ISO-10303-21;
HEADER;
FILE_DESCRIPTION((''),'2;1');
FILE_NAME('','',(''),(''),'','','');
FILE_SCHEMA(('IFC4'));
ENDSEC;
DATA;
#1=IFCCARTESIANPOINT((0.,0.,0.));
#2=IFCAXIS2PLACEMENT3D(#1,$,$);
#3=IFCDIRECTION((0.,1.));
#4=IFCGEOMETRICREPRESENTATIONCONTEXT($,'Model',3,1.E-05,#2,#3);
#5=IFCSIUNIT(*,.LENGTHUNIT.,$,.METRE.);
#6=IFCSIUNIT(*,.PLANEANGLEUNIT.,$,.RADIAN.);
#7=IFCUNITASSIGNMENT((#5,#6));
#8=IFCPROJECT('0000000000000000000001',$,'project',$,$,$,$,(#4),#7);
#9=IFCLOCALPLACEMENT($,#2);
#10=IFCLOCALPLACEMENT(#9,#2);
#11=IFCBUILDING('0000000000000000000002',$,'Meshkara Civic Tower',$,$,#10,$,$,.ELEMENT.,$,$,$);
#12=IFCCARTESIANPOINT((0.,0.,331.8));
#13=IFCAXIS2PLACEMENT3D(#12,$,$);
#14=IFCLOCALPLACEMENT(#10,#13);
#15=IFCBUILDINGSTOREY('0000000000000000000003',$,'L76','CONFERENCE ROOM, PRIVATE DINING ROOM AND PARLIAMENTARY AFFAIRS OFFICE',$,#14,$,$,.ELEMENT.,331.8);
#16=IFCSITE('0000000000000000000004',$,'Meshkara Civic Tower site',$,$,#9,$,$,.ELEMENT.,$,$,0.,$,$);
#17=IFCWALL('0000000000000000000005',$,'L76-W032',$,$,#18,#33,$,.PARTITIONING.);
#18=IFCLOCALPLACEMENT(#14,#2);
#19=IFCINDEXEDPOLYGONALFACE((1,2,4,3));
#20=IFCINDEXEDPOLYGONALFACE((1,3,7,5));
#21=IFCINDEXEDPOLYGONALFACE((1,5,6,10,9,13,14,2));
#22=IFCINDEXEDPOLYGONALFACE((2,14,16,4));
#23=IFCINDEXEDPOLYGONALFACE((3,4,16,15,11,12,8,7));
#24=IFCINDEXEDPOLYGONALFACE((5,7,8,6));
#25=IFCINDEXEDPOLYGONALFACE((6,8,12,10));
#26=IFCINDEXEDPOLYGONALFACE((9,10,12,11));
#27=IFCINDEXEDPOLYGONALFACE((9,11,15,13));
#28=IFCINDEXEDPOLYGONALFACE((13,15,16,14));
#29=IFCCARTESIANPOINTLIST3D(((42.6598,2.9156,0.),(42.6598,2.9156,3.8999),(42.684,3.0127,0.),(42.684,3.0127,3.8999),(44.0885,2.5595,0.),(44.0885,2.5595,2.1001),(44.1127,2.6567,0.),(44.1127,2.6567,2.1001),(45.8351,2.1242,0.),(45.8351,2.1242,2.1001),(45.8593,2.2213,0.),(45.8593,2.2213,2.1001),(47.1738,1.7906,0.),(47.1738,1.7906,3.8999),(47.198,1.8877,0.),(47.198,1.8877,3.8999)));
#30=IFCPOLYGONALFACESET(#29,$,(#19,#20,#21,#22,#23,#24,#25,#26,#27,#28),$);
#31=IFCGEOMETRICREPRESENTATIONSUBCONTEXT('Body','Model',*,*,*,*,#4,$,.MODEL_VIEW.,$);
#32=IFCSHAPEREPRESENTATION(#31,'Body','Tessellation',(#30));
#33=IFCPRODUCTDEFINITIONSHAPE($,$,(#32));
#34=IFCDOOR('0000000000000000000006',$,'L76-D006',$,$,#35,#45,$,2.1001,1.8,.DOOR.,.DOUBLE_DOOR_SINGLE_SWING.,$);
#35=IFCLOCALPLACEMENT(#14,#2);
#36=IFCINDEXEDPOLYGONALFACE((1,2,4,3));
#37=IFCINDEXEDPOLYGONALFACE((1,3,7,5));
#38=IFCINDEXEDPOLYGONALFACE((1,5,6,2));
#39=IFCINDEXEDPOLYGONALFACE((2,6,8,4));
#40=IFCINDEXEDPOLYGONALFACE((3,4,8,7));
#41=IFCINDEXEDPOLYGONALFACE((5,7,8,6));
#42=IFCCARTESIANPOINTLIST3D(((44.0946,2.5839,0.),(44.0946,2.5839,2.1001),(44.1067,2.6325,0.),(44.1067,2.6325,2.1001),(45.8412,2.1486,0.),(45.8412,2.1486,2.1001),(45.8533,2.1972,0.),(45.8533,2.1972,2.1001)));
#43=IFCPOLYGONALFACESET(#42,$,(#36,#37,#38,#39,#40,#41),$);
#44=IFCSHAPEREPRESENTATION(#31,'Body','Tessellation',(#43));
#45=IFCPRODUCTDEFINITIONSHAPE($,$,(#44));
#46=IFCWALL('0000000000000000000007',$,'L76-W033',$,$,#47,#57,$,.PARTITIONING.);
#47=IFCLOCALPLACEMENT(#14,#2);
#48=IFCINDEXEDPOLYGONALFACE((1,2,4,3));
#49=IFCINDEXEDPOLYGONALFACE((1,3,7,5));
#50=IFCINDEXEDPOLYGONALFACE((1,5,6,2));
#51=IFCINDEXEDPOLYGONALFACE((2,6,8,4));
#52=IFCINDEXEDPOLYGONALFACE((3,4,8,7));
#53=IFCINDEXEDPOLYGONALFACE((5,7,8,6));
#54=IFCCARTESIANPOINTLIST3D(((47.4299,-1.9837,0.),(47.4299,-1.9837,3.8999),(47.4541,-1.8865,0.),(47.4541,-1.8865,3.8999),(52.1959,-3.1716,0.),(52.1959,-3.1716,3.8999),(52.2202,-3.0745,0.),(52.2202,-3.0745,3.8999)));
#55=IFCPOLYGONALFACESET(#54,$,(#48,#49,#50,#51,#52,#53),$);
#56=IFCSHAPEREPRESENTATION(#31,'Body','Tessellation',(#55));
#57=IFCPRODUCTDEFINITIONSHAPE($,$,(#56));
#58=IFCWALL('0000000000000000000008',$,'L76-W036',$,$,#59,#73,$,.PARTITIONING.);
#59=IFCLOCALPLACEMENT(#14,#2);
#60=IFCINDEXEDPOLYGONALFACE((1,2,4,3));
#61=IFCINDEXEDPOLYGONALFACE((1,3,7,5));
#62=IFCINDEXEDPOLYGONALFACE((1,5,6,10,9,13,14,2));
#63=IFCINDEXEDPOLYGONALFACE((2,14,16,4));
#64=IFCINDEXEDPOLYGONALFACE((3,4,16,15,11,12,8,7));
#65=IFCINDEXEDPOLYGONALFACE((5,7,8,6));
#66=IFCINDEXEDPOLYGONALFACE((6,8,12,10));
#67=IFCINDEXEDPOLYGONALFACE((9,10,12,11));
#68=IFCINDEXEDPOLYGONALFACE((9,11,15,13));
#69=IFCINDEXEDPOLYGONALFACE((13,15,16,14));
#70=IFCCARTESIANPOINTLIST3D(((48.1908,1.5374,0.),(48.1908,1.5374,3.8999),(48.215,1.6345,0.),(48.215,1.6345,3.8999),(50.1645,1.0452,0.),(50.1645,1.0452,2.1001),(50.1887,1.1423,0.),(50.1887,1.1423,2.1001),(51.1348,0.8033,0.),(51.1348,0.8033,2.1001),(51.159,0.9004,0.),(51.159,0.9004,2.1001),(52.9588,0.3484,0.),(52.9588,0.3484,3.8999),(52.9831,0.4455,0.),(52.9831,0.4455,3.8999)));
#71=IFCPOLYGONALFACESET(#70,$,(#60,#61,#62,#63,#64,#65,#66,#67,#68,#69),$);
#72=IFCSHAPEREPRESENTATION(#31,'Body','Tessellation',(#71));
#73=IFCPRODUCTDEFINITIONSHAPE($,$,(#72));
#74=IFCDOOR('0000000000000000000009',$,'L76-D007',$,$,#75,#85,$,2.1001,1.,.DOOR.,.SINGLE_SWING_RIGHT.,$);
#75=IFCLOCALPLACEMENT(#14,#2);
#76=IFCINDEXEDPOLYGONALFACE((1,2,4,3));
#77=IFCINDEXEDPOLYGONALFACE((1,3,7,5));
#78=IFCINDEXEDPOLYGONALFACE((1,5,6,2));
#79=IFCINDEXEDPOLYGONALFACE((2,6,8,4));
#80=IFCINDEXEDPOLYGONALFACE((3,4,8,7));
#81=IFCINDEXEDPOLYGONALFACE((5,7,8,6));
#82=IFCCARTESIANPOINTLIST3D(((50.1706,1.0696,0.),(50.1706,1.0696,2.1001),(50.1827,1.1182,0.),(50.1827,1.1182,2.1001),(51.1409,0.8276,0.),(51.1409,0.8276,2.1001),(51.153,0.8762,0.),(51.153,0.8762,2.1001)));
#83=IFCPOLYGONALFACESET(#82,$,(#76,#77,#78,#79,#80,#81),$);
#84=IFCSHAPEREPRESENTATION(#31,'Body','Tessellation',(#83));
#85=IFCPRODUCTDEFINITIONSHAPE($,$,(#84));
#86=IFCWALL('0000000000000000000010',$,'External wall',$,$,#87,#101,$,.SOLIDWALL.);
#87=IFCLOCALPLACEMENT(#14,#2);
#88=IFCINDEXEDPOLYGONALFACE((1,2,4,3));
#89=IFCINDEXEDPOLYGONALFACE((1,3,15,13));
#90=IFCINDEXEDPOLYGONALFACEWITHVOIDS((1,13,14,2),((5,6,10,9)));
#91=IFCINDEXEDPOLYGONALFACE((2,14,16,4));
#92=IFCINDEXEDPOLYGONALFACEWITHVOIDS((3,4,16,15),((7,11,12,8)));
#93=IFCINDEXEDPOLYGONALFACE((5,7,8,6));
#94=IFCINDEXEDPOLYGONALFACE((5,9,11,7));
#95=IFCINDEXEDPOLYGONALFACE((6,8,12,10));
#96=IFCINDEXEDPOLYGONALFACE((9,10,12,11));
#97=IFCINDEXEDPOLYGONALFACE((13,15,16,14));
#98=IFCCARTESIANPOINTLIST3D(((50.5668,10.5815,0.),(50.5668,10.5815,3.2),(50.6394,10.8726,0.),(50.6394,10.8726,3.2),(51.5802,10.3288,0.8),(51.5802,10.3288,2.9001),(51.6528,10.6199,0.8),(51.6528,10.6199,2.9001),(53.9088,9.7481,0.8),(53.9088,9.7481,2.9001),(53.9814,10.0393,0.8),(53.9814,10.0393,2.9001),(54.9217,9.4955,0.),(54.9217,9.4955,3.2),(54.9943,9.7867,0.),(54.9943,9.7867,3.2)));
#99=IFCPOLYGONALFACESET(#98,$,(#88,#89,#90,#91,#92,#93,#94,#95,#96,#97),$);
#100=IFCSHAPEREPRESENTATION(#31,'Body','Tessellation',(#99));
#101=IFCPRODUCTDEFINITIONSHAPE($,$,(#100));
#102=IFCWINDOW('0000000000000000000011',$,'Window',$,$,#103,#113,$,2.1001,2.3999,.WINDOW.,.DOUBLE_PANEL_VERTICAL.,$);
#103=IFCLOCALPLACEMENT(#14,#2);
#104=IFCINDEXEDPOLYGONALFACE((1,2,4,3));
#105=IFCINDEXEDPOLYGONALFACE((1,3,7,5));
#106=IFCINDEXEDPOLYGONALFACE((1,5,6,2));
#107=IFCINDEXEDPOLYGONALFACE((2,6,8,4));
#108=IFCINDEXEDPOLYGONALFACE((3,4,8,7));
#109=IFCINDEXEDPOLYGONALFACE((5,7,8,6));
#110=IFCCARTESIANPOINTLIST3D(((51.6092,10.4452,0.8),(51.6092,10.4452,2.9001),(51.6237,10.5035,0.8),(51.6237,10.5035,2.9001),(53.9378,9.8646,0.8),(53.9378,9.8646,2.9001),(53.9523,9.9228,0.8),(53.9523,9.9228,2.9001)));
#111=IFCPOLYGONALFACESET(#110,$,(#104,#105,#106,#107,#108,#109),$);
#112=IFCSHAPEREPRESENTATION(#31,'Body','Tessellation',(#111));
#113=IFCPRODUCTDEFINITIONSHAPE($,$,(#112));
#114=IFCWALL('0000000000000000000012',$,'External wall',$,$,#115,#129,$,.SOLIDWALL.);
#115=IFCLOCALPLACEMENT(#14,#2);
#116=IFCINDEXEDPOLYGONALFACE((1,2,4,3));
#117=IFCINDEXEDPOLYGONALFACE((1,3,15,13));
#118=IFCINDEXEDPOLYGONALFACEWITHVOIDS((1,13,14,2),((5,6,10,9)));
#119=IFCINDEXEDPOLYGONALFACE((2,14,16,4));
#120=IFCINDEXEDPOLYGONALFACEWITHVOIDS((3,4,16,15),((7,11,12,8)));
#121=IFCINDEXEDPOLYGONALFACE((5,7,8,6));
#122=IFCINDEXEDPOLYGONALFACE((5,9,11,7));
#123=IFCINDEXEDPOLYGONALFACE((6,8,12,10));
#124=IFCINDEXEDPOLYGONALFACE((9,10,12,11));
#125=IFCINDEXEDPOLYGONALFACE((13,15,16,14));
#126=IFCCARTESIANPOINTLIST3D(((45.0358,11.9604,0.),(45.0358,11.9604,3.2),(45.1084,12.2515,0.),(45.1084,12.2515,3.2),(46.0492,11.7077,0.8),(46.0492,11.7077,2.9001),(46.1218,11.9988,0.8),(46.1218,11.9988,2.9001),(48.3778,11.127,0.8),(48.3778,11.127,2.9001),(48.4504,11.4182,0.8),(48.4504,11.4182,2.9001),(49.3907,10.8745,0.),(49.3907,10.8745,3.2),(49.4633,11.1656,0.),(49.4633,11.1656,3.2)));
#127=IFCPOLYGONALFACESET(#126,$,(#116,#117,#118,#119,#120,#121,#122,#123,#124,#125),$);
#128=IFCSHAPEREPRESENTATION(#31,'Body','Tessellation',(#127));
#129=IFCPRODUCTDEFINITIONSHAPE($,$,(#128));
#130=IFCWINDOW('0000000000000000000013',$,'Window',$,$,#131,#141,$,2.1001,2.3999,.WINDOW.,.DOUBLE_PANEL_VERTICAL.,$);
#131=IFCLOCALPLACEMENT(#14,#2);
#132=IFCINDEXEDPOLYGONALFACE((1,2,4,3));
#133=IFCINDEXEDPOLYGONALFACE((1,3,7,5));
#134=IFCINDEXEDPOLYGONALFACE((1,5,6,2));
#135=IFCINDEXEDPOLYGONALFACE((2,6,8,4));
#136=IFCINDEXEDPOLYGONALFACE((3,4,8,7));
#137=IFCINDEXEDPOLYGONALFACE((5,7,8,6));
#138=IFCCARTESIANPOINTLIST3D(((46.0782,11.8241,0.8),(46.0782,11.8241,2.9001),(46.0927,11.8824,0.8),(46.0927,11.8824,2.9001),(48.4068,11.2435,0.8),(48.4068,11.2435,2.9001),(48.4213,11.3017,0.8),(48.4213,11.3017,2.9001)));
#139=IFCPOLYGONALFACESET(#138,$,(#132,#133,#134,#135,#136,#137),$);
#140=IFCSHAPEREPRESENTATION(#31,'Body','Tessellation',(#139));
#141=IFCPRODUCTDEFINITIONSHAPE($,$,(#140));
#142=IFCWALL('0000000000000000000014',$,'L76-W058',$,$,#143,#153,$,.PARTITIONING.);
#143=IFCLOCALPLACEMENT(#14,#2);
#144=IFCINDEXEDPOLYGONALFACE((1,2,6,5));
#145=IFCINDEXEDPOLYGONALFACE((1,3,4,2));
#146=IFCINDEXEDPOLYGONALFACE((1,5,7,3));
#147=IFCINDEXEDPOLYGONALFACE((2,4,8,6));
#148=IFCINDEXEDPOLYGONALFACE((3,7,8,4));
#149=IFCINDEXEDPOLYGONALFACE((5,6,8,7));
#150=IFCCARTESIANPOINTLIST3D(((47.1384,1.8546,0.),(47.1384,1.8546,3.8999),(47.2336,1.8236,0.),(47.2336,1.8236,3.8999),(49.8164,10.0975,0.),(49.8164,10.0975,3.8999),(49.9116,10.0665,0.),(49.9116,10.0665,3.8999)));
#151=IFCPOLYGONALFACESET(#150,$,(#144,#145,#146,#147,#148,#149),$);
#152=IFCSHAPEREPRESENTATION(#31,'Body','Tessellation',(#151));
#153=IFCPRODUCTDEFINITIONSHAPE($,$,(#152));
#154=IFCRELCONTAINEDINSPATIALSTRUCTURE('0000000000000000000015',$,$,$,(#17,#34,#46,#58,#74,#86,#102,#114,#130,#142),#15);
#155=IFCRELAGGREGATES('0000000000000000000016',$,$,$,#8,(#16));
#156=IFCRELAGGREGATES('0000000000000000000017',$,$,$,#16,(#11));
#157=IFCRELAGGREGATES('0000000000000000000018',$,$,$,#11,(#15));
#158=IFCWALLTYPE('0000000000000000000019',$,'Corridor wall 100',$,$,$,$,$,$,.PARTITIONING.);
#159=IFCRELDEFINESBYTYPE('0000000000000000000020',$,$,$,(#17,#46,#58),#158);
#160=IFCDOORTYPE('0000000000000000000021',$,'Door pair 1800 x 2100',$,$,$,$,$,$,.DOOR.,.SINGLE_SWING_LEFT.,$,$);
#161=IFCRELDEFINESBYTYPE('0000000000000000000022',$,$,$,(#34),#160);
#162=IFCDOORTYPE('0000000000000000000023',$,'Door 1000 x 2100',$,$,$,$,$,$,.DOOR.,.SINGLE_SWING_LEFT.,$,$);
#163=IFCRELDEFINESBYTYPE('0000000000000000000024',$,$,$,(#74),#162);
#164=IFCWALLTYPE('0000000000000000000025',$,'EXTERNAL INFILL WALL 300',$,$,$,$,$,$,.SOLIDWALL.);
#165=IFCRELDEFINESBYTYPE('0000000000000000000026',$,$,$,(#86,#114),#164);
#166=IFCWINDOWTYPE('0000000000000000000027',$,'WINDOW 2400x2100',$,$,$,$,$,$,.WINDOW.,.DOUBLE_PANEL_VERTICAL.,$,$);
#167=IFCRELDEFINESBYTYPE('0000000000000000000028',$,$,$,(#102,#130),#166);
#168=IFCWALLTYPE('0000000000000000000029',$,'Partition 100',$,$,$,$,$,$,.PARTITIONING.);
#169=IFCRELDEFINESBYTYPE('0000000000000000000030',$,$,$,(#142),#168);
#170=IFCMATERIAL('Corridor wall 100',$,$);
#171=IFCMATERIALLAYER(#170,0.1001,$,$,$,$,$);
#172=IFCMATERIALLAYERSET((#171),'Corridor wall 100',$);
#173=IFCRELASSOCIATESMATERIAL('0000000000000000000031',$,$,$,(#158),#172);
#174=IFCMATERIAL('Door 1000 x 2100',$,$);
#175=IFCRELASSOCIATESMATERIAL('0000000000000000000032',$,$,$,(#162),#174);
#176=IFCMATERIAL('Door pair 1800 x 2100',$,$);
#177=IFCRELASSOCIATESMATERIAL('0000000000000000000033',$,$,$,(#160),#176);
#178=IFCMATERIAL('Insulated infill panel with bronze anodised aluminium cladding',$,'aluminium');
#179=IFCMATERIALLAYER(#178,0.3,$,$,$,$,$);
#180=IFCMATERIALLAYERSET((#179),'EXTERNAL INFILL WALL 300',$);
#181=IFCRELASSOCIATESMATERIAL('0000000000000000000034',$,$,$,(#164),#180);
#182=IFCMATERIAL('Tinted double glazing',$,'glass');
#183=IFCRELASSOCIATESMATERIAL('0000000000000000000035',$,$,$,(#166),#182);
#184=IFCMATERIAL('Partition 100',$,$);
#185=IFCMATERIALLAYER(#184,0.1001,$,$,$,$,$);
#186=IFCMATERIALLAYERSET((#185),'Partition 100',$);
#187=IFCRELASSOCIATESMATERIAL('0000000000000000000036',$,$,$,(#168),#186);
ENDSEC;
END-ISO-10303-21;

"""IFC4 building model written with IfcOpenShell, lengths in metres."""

from ifc_helpers import new_model, si_unit, direction, frame, frame_2d, origin, place, context, subcontext, project, spatial, rectangle, extrude, material, layer, layer_set, type_object, element, fill, save


model = new_model("IFC4")

# Units and contexts
model_context = context("Model", 3, precision=1e-05, world=origin(), true_north=direction((0.0, 1.0)))
body_context = subcontext(model_context, "Body", "Model", "MODEL_VIEW")
ifc_project = project(units=[si_unit("LENGTHUNIT", "METRE"), si_unit("PLANEANGLEUNIT", "RADIAN")], contexts=[model_context])

# Site, building, storey
site_placement = place(None, origin())
site = spatial("IfcSite", under=ifc_project, at=site_placement, Name="Meshkara Civic Tower site", CompositionType="ELEMENT", RefElevation=0.0)
building_placement = place(site_placement, origin())
building = spatial("IfcBuilding", under=site, at=building_placement, Name="Meshkara Civic Tower", CompositionType="ELEMENT")
storey_placement = place(building_placement, frame((0.0, 0.0, 331.8)))
storey = spatial("IfcBuildingStorey", under=building, at=storey_placement, Name="L76", Description="CONFERENCE ROOM, PRIVATE DINING ROOM AND PARLIAMENTARY AFFAIRS OFFICE", CompositionType="ELEMENT", Elevation=331.8)

# Shared definitions
ifc_material_1 = material(Name="Corridor wall 100")
ifc_layer_1 = layer(ifc_material_1, 0.1001)
ifc_layer_set_1 = layer_set([ifc_layer_1], Name="Corridor wall 100")
wall_type_1 = type_object("IfcWallType", Name="Corridor wall 100", PredefinedType="PARTITIONING", material=ifc_layer_set_1)
ifc_material_2 = material(Name="Door 1000 x 2100")
door_type_1 = type_object("IfcDoorType", Name="Door 1000 x 2100", OperationType="SINGLE_SWING_LEFT", PredefinedType="DOOR", material=ifc_material_2)

# Wall, opening, door
wall_1_placement = place(storey_placement, frame((47.186, 1.8391, 0.0), z_axis=(0.0, 0.0, 1.0), x_axis=(-0.970318, 0.241832, 0.0)))
wall_1 = element("IfcWall", 1, at=wall_1_placement, inside=storey, type_object=wall_type_1, Name="L76-W032", PredefinedType="PARTITIONING", context=body_context, shape_type="SweptSolid", body=[
    extrude(rectangle(XDim=4.6521, YDim=0.1001, at=frame_2d((2.3262, 0.0))), origin(), (0.0, 0.0, 1.0), 3.8999),
])
opening_1_placement = place(wall_1_placement, frame((1.3799, 0.0, 0.0)))
opening_1 = element("IfcOpeningElement", 2, at=opening_1_placement, cuts=wall_1, PredefinedType="OPENING", context=body_context, shape_type="SweptSolid", body=[
    extrude(rectangle(XDim=1.8, YDim=2.1001, at=frame_2d((0.8999, 1.05))), frame((0.0, 0.0601, 0.0), z_axis=(0.0, -1.0, 0.0), x_axis=(1.0, 0.0, 0.0)), (0.0, 0.0, 1.0), 0.1201),
])
ifc_material_3 = material(Name="Door pair 1800 x 2100")
door_type_2 = type_object("IfcDoorType", Name="Door pair 1800 x 2100", OperationType="SINGLE_SWING_LEFT", PredefinedType="DOOR", material=ifc_material_3)
door_1_placement = place(opening_1_placement, origin())
door_1 = element("IfcDoor", 3, at=door_1_placement, inside=storey, type_object=door_type_2, Name="L76-D006", OperationType="DOUBLE_DOOR_SINGLE_SWING", OverallHeight=2.1001, OverallWidth=1.8, PredefinedType="DOOR", context=body_context, shape_type="SweptSolid", body=[
    extrude(rectangle(XDim=1.8, YDim=2.1001, at=frame_2d((0.8999, 1.05))), frame((0.0, 0.0249, 0.0), z_axis=(0.0, -1.0, 0.0), x_axis=(1.0, 0.0, 0.0)), (0.0, 0.0, 1.0), 0.05),
])
fill(opening_1, door_1)

# Wall
wall_2_placement = place(storey_placement, frame((47.4419, -1.9351, 0.0), z_axis=(0.0, 0.0, 1.0), x_axis=(0.970312, -0.241857, 0.0)))
element("IfcWall", 4, at=wall_2_placement, inside=storey, type_object=wall_type_1, Name="L76-W033", PredefinedType="PARTITIONING", context=body_context, shape_type="SweptSolid", body=[
    extrude(rectangle(XDim=4.9119, YDim=0.1001, at=frame_2d((2.4561, 0.0))), origin(), (0.0, 0.0, 1.0), 3.8999),
])

# Wall, opening, door
wall_3_placement = place(storey_placement, frame((52.9709, 0.397, 0.0), z_axis=(0.0, 0.0, 1.0), x_axis=(-0.970288, 0.241951, 0.0)))
wall_3 = element("IfcWall", 5, at=wall_3_placement, inside=storey, type_object=wall_type_1, Name="L76-W036", PredefinedType="PARTITIONING", context=body_context, shape_type="SweptSolid", body=[
    extrude(rectangle(XDim=4.9141, YDim=0.1001, at=frame_2d((2.457, 0.0))), origin(), (0.0, 0.0, 1.0), 3.8999),
])
opening_2_placement = place(wall_3_placement, frame((1.8799, 0.0, 0.0)))
opening_2 = element("IfcOpeningElement", 6, at=opening_2_placement, cuts=wall_3, PredefinedType="OPENING", context=body_context, shape_type="SweptSolid", body=[
    extrude(rectangle(XDim=1.0, YDim=2.1001, at=frame_2d((0.5, 1.05))), frame((0.0, 0.0601, 0.0), z_axis=(0.0, -1.0, 0.0), x_axis=(1.0, 0.0, 0.0)), (0.0, 0.0, 1.0), 0.1201),
])
door_2_placement = place(opening_2_placement, origin())
door_2 = element("IfcDoor", 7, at=door_2_placement, inside=storey, type_object=door_type_1, Name="L76-D007", OperationType="SINGLE_SWING_RIGHT", OverallHeight=2.1001, OverallWidth=1.0, PredefinedType="DOOR", context=body_context, shape_type="SweptSolid", body=[
    extrude(rectangle(XDim=1.0, YDim=2.1001, at=frame_2d((0.5, 1.05))), frame((0.0, 0.0249, 0.0), z_axis=(0.0, -1.0, 0.0), x_axis=(1.0, 0.0, 0.0)), (0.0, 0.0, 1.0), 0.05),
])
fill(opening_2, door_2)

# Walls, openings, windows
ifc_material_4 = material(Name="Insulated infill panel with bronze anodised aluminium cladding", Category="aluminium")
ifc_layer_2 = layer(ifc_material_4, 0.3)
ifc_layer_set_2 = layer_set([ifc_layer_2], Name="EXTERNAL INFILL WALL 300")
wall_type_2 = type_object("IfcWallType", Name="EXTERNAL INFILL WALL 300", PredefinedType="SOLIDWALL", material=ifc_layer_set_2)
wall_4_placement = place(storey_placement, frame((54.958, 9.6411, 0.0), z_axis=(0.0, 0.0, 1.0), x_axis=(-0.97029, 0.241947, 0.0)))
wall_4 = element("IfcWall", 8, at=wall_4_placement, inside=storey, type_object=wall_type_2, Name="External wall", PredefinedType="SOLIDWALL", context=body_context, shape_type="SweptSolid", body=[
    extrude(rectangle(XDim=4.4883, YDim=0.3, at=frame_2d((2.2441, 0.0))), origin(), (0.0, 0.0, 1.0), 3.2),
])
opening_3_placement = place(wall_4_placement, frame((1.0439, 0.0, 0.8)))
opening_3 = element("IfcOpeningElement", 9, at=opening_3_placement, cuts=wall_4, PredefinedType="OPENING", context=body_context, shape_type="SweptSolid", body=[
    extrude(rectangle(XDim=2.3999, YDim=2.1001, at=frame_2d((1.2, 1.05))), frame((0.0, 0.1599, 0.0), z_axis=(0.0, -1.0, 0.0), x_axis=(1.0, 0.0, 0.0)), (0.0, 0.0, 1.0), 0.3201),
])
ifc_material_5 = material(Name="Tinted double glazing", Category="glass")
window_type = type_object("IfcWindowType", Name="WINDOW 2400x2100", PartitioningType="DOUBLE_PANEL_VERTICAL", PredefinedType="WINDOW", material=ifc_material_5)
window_1_placement = place(opening_3_placement, origin())
window_1 = element("IfcWindow", 10, at=window_1_placement, inside=storey, type_object=window_type, Name="Window", OverallHeight=2.1001, OverallWidth=2.3999, PartitioningType="DOUBLE_PANEL_VERTICAL", PredefinedType="WINDOW", context=body_context, shape_type="SweptSolid", body=[
    extrude(rectangle(XDim=2.3999, YDim=2.1001, at=frame_2d((1.2, 1.05))), frame((0.0, 0.03, 0.0), z_axis=(0.0, -1.0, 0.0), x_axis=(1.0, 0.0, 0.0)), (0.0, 0.0, 1.0), 0.0601),
])
fill(opening_3, window_1)
wall_5_placement = place(storey_placement, frame((49.427, 11.02, 0.0), z_axis=(0.0, 0.0, 1.0), x_axis=(-0.97029, 0.241947, 0.0)))
wall_5 = element("IfcWall", 11, at=wall_5_placement, inside=storey, type_object=wall_type_2, Name="External wall", PredefinedType="SOLIDWALL", context=body_context, shape_type="SweptSolid", body=[
    extrude(rectangle(XDim=4.4883, YDim=0.3, at=frame_2d((2.2441, 0.0))), origin(), (0.0, 0.0, 1.0), 3.2),
])
opening_4_placement = place(wall_5_placement, frame((1.0439, 0.0, 0.8)))
opening_4 = element("IfcOpeningElement", 12, at=opening_4_placement, cuts=wall_5, PredefinedType="OPENING", context=body_context, shape_type="SweptSolid", body=[
    extrude(rectangle(XDim=2.3999, YDim=2.1001, at=frame_2d((1.2, 1.05))), frame((0.0, 0.1599, 0.0), z_axis=(0.0, -1.0, 0.0), x_axis=(1.0, 0.0, 0.0)), (0.0, 0.0, 1.0), 0.3201),
])
window_2_placement = place(opening_4_placement, origin())
window_2 = element("IfcWindow", 13, at=window_2_placement, inside=storey, type_object=window_type, Name="Window", OverallHeight=2.1001, OverallWidth=2.3999, PartitioningType="DOUBLE_PANEL_VERTICAL", PredefinedType="WINDOW", context=body_context, shape_type="SweptSolid", body=[
    extrude(rectangle(XDim=2.3999, YDim=2.1001, at=frame_2d((1.2, 1.05))), frame((0.0, 0.03, 0.0), z_axis=(0.0, -1.0, 0.0), x_axis=(1.0, 0.0, 0.0)), (0.0, 0.0, 1.0), 0.0601),
])
fill(opening_4, window_2)

# Wall
ifc_material_6 = material(Name="Partition 100")
ifc_layer_3 = layer(ifc_material_6, 0.1001)
ifc_layer_set_3 = layer_set([ifc_layer_3], Name="Partition 100")
wall_type_3 = type_object("IfcWallType", Name="Partition 100", PredefinedType="PARTITIONING", material=ifc_layer_set_3)
wall_6_placement = place(storey_placement, frame((47.186, 1.8391, 0.0), z_axis=(0.0, 0.0, 1.0), x_axis=(0.308985, 0.951067, 0.0)))
element("IfcWall", 14, at=wall_6_placement, inside=storey, type_object=wall_type_3, Name="L76-W058", PredefinedType="PARTITIONING", context=body_context, shape_type="SweptSolid", body=[
    extrude(rectangle(XDim=8.667, YDim=0.1001, at=frame_2d((4.3335, 0.0))), origin(), (0.0, 0.0, 1.0), 3.8999),
])

save(model, "model.ifc")
